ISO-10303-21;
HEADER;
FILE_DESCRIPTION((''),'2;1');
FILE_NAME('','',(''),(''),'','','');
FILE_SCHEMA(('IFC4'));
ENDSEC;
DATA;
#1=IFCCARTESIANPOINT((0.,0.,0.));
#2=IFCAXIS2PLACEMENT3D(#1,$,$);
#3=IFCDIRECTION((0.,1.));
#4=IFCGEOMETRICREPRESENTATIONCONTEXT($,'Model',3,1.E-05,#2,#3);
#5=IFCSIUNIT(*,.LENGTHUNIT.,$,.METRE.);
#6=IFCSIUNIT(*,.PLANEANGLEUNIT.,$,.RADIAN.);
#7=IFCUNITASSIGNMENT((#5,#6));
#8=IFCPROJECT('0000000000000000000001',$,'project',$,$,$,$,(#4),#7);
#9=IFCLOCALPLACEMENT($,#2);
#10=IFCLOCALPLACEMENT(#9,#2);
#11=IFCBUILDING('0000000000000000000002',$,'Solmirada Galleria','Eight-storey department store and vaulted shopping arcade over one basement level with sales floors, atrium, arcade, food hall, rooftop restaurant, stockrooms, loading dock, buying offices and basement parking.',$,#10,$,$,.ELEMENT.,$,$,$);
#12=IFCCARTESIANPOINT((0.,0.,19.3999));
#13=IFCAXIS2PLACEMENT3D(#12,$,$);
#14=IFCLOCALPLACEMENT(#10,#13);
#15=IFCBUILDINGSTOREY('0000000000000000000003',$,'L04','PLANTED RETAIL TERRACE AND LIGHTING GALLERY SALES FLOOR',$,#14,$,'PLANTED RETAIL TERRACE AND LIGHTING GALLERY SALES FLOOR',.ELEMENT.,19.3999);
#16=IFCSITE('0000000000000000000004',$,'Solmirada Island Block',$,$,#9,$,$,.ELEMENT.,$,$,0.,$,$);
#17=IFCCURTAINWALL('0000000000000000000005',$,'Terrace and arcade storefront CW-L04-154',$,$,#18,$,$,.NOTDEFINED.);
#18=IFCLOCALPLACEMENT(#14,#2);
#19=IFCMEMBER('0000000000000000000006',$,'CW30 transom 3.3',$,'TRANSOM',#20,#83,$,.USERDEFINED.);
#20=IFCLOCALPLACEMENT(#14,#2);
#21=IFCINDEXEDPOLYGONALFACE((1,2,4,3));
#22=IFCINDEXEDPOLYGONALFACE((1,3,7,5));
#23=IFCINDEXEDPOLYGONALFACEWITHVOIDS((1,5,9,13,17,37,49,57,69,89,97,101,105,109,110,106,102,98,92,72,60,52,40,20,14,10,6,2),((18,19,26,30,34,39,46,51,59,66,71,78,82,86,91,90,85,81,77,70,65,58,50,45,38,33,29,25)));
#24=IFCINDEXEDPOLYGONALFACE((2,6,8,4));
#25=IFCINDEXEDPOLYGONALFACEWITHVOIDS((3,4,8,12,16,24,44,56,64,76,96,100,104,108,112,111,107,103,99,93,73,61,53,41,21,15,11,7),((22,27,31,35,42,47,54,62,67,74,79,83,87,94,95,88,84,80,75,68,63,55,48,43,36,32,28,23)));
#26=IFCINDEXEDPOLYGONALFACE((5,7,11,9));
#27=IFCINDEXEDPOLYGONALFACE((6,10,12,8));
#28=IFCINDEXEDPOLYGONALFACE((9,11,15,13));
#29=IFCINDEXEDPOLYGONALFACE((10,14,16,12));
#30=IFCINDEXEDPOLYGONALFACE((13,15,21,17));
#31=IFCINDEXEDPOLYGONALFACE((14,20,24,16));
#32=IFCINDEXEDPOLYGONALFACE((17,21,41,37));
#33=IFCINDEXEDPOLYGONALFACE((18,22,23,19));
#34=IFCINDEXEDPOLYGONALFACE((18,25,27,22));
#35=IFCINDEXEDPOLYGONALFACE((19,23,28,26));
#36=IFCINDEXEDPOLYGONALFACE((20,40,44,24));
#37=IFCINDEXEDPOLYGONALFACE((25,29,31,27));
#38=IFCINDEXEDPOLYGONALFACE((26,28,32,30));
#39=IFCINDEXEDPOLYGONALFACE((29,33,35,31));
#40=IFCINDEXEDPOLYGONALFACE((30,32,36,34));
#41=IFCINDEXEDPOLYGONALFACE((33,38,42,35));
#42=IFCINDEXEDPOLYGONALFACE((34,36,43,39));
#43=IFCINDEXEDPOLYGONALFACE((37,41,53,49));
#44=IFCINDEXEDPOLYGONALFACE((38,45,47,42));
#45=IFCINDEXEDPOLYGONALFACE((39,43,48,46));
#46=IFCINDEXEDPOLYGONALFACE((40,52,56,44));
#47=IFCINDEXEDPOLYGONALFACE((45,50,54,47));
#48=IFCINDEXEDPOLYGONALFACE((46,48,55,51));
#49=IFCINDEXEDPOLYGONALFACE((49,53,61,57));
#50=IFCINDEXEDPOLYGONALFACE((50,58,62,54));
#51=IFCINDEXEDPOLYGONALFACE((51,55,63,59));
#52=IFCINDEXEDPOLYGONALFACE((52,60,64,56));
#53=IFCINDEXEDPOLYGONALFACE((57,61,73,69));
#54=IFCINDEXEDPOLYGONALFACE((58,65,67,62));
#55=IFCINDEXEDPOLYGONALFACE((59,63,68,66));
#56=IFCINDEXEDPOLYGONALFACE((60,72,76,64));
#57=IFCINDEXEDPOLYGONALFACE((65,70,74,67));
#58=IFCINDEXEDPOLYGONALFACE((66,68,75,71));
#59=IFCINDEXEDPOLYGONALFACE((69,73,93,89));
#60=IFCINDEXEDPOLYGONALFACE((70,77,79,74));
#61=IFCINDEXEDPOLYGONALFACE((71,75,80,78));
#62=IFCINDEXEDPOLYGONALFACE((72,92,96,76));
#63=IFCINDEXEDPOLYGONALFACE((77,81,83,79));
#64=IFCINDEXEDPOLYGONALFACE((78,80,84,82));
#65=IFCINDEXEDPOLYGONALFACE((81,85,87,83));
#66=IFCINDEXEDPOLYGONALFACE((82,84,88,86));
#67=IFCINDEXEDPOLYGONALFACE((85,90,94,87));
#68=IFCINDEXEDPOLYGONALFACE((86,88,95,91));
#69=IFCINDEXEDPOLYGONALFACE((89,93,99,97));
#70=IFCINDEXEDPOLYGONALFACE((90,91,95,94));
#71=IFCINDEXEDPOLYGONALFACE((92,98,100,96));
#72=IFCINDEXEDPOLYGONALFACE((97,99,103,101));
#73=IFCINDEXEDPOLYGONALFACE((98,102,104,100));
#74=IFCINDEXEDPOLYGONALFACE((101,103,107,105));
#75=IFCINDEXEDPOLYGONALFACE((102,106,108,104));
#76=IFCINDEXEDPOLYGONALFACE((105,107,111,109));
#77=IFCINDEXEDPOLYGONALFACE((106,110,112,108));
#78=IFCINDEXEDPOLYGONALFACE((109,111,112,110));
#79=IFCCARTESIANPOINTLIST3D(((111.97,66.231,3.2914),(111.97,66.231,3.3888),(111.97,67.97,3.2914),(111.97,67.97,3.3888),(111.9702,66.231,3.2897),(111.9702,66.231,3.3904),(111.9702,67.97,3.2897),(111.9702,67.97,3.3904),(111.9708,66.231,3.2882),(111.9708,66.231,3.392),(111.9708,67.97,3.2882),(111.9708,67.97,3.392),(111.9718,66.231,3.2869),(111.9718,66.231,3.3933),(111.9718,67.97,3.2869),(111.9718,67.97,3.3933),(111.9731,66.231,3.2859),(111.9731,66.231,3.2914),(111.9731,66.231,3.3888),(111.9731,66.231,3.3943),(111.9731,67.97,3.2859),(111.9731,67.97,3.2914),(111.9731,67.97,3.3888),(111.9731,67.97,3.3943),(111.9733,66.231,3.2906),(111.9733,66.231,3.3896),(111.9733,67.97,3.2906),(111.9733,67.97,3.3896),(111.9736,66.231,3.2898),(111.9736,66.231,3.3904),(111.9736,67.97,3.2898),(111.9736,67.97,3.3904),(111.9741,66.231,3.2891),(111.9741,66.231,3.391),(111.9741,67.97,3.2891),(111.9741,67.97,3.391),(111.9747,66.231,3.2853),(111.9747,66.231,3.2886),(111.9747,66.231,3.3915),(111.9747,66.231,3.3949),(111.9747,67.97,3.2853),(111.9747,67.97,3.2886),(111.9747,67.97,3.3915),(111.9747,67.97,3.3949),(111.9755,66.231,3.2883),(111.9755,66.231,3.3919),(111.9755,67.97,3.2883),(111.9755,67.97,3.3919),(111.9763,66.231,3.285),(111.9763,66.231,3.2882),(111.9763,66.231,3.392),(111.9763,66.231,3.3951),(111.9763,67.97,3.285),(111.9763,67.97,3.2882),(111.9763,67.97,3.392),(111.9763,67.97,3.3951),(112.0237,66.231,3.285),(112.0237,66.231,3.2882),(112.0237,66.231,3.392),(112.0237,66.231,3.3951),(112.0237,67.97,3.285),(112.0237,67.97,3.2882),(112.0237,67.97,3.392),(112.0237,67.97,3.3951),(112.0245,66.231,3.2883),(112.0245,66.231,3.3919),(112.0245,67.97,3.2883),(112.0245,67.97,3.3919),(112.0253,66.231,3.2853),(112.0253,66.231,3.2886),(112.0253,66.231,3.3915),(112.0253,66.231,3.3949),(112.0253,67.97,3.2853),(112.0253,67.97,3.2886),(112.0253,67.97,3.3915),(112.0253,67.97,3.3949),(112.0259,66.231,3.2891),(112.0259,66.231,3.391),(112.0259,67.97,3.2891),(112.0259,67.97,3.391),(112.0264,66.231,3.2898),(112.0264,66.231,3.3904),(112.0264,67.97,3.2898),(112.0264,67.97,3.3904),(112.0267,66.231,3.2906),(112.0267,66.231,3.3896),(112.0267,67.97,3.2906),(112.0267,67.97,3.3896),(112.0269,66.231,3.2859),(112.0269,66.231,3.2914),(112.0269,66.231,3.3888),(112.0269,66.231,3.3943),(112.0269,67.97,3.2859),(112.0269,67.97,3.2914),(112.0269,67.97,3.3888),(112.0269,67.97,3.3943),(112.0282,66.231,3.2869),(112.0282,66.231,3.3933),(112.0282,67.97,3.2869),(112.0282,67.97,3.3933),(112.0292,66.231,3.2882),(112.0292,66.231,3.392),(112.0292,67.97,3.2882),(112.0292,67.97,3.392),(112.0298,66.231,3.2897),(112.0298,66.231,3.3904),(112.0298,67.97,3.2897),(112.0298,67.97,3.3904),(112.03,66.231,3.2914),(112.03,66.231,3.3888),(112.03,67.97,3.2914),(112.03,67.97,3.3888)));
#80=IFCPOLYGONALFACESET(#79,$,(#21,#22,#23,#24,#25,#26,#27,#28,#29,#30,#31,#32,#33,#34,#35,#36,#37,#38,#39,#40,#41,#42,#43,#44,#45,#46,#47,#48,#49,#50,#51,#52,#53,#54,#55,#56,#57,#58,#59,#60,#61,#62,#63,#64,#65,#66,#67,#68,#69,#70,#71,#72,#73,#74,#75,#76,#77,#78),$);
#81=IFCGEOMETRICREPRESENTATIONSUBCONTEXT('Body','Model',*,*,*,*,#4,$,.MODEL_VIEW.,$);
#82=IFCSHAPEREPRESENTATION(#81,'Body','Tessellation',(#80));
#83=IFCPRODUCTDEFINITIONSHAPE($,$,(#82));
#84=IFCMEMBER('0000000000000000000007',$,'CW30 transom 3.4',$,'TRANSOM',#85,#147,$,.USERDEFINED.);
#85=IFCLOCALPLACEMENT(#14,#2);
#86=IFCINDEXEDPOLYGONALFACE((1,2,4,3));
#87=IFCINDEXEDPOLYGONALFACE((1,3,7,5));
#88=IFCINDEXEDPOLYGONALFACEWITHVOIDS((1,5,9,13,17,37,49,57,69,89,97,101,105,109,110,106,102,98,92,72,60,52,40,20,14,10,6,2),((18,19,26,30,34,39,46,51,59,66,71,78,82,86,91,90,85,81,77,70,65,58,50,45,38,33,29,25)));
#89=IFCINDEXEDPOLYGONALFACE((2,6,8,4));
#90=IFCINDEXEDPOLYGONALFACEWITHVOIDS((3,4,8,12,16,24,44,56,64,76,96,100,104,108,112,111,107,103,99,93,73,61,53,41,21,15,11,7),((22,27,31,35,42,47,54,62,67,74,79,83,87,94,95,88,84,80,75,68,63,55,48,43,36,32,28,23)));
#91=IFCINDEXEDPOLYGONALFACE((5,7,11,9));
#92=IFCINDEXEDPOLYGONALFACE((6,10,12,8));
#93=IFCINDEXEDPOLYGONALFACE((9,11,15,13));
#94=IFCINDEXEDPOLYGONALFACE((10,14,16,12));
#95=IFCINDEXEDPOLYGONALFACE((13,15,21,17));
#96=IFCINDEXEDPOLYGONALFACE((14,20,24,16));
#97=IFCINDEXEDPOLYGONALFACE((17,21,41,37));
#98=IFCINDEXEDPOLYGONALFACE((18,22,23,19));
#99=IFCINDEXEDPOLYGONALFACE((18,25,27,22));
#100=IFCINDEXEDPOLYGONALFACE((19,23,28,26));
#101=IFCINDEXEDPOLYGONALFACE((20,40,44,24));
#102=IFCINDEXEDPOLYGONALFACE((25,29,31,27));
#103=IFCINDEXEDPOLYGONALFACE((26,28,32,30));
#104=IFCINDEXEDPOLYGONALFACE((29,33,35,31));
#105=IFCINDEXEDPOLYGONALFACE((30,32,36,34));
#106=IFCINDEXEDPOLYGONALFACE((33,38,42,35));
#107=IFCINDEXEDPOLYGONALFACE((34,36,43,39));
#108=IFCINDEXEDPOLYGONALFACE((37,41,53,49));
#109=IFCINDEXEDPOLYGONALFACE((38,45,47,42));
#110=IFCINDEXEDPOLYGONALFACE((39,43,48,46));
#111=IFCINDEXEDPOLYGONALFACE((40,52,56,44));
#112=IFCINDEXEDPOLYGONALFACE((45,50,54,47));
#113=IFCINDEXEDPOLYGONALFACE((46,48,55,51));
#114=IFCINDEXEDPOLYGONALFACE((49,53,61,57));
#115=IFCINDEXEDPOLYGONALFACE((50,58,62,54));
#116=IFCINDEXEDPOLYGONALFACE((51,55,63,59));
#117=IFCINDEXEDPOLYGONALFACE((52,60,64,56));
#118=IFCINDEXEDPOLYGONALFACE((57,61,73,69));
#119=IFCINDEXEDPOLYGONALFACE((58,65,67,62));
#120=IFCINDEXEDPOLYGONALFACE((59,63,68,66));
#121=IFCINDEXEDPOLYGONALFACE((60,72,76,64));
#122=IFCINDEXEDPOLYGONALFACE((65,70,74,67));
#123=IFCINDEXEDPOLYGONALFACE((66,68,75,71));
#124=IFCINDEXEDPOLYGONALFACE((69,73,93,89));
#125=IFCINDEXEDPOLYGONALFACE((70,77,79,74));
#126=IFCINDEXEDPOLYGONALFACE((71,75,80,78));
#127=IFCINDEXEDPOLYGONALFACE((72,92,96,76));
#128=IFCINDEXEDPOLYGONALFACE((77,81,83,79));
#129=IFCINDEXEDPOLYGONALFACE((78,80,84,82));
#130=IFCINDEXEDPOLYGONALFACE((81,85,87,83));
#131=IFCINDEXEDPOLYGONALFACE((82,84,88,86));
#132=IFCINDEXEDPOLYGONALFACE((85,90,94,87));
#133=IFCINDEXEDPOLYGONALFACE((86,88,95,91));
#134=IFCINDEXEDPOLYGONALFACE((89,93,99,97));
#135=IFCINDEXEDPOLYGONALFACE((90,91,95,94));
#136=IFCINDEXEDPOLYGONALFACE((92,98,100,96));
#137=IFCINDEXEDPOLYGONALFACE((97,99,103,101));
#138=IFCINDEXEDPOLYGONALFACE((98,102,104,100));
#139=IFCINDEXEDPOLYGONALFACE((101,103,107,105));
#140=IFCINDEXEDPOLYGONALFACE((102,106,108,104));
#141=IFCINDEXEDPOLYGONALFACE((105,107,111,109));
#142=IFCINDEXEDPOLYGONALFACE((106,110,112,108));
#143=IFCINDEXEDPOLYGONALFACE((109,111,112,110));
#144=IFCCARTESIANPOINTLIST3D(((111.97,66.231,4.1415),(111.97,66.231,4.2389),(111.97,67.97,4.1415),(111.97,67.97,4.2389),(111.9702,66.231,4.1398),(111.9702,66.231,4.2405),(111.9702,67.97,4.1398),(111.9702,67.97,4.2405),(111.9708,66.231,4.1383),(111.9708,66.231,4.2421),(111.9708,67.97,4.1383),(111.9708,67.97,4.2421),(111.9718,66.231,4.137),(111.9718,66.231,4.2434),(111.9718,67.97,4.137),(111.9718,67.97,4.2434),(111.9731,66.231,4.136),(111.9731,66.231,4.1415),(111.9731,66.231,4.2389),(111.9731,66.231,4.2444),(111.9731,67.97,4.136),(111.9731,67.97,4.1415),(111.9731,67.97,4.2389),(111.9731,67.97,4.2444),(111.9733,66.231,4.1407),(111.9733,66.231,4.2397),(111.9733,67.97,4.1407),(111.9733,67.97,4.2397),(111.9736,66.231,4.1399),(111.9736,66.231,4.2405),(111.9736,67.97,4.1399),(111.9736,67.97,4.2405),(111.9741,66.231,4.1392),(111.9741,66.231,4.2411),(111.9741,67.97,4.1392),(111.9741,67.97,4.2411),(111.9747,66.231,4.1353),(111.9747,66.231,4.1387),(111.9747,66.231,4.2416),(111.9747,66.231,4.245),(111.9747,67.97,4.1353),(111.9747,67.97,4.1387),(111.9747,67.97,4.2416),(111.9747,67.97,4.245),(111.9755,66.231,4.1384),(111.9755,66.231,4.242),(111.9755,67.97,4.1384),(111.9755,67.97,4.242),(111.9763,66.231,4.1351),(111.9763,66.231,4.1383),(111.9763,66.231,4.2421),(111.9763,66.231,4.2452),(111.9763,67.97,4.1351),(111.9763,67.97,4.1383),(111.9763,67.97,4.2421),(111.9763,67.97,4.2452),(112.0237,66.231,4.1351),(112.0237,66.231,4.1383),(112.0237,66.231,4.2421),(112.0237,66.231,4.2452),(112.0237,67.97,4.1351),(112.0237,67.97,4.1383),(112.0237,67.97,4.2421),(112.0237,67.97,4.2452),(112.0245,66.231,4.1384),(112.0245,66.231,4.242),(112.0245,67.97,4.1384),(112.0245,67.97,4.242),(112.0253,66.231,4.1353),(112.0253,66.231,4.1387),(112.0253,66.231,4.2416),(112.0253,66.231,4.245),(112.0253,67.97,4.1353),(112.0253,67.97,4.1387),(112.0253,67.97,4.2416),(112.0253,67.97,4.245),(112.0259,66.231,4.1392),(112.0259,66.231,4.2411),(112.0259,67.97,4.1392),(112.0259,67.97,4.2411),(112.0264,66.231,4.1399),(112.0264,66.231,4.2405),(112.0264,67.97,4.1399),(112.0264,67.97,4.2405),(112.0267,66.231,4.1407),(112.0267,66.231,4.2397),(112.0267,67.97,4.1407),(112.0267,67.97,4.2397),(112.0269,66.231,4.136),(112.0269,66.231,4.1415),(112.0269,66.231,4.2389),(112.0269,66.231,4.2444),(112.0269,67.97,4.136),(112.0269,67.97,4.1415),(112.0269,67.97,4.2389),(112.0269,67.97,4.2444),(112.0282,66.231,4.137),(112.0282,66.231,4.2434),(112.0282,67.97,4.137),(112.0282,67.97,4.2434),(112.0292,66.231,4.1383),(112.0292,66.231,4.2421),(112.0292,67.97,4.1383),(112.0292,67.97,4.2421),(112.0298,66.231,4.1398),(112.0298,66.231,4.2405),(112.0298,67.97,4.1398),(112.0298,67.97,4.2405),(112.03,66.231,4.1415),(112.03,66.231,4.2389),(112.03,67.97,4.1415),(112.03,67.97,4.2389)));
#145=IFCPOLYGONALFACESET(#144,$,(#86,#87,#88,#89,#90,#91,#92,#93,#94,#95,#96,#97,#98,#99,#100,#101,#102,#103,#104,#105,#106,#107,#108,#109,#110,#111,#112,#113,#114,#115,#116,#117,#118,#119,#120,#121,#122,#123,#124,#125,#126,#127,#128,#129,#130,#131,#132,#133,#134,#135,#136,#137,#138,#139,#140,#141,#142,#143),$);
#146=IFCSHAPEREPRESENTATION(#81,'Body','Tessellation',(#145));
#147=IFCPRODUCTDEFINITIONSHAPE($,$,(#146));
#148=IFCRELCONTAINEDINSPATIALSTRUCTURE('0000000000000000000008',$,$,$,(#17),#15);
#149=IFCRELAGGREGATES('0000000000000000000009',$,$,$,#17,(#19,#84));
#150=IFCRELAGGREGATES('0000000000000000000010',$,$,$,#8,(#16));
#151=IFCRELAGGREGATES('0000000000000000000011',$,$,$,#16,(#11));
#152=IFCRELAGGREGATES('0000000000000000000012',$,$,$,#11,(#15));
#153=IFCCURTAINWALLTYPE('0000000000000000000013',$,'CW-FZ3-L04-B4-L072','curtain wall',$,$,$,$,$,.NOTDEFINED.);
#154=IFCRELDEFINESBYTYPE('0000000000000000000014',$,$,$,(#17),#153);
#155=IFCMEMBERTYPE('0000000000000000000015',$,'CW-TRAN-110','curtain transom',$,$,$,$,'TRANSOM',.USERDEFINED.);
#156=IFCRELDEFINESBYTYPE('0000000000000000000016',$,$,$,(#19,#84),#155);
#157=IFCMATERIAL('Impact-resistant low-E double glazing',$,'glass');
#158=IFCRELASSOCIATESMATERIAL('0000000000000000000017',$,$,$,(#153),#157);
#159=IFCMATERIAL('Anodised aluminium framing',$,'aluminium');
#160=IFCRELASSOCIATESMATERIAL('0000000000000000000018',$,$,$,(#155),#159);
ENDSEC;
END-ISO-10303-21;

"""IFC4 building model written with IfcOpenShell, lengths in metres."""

from ifc_helpers import new_model, si_unit, direction, frame, origin, origin_2d, place, context, subcontext, project, spatial, hollow_rectangle, extrude, material, material_profile, profile_set, type_object, element, aggregate, save


model = new_model("IFC4")

# Units and contexts
model_context = context("Model", 3, precision=1e-05, world=origin(), true_north=direction((0.0, 1.0)))
body_context = subcontext(model_context, "Body", "Model", "MODEL_VIEW")
ifc_project = project(units=[si_unit("LENGTHUNIT", "METRE"), si_unit("PLANEANGLEUNIT", "RADIAN")], contexts=[model_context])

# Site, building, storey
site_placement = place(None, origin())
site = spatial("IfcSite", under=ifc_project, at=site_placement, Name="Solmirada Island Block", CompositionType="ELEMENT", RefElevation=0.0)
building_placement = place(site_placement, origin())
building = spatial("IfcBuilding", under=site, at=building_placement, Name="Solmirada Galleria", Description="Eight-storey department store and vaulted shopping arcade over one basement level with sales floors, atrium, arcade, food hall, rooftop restaurant, stockrooms, loading dock, buying offices and basement parking.", CompositionType="ELEMENT")
storey_placement = place(building_placement, frame((0.0, 0.0, 19.3999)))
storey = spatial("IfcBuildingStorey", under=building, at=storey_placement, Name="L04", Description="PLANTED RETAIL TERRACE AND LIGHTING GALLERY SALES FLOOR", LongName="PLANTED RETAIL TERRACE AND LIGHTING GALLERY SALES FLOOR", CompositionType="ELEMENT", Elevation=19.3999)

# Curtain wall, members
ifc_material_1 = material(Name="Impact-resistant low-E double glazing", Category="glass")
curtain_wall_type = type_object("IfcCurtainWallType", Name="CW-FZ3-L04-B4-L072", Description="curtain wall", PredefinedType="NOTDEFINED", material=ifc_material_1)
curtain_wall_placement = place(storey_placement, origin())
curtain_wall = element("IfcCurtainWall", 1, at=curtain_wall_placement, inside=storey, type_object=curtain_wall_type, Name="Terrace and arcade storefront CW-L04-154", PredefinedType="NOTDEFINED")
ifc_material_2 = material(Name="Anodised aluminium framing", Category="aluminium")
ifc_material_profile_1 = material_profile(ifc_material_2, hollow_rectangle(XDim=0.0601, YDim=0.1101, WallThickness=0.0032, InnerFilletRadius=0.0032, OuterFilletRadius=0.0063, at=origin_2d()), Name="ALU-TRAN-110X60")
ifc_profile_set_1 = profile_set([ifc_material_profile_1], Name="Anodised aluminium framing")
member_type_1 = type_object("IfcMemberType", Name="CW-TRAN-110", Description="curtain transom", ElementType="TRANSOM", PredefinedType="USERDEFINED", material=ifc_profile_set_1)
member_1_placement = place(storey_placement, frame((112.0, 67.97, 3.3401), z_axis=(0.0, -1.0, 0.0), x_axis=(1.0, 0.0, 0.0)))
member_1 = element("IfcMember", 2, at=member_1_placement, type_object=member_type_1, Name="CW30 transom 3.3", ObjectType="TRANSOM", PredefinedType="USERDEFINED", context=body_context, shape_type="SweptSolid", body=[
    extrude(hollow_rectangle(XDim=0.0601, YDim=0.1101, WallThickness=0.0032, InnerFilletRadius=0.0032, OuterFilletRadius=0.0063, at=origin_2d()), origin(), (0.0, 0.0, 1.0), 1.739),
])
member_2_placement = place(storey_placement, frame((112.0, 67.97, 4.1902), z_axis=(0.0, -1.0, 0.0), x_axis=(1.0, 0.0, 0.0)))
member_2 = element("IfcMember", 3, at=member_2_placement, type_object=member_type_1, Name="CW30 transom 3.4", ObjectType="TRANSOM", PredefinedType="USERDEFINED", context=body_context, shape_type="SweptSolid", body=[
    extrude(hollow_rectangle(XDim=0.0601, YDim=0.1101, WallThickness=0.0032, InnerFilletRadius=0.0032, OuterFilletRadius=0.0063, at=origin_2d()), origin(), (0.0, 0.0, 1.0), 1.739),
])
aggregate(curtain_wall, [member_1, member_2])

save(model, "model.ifc")
